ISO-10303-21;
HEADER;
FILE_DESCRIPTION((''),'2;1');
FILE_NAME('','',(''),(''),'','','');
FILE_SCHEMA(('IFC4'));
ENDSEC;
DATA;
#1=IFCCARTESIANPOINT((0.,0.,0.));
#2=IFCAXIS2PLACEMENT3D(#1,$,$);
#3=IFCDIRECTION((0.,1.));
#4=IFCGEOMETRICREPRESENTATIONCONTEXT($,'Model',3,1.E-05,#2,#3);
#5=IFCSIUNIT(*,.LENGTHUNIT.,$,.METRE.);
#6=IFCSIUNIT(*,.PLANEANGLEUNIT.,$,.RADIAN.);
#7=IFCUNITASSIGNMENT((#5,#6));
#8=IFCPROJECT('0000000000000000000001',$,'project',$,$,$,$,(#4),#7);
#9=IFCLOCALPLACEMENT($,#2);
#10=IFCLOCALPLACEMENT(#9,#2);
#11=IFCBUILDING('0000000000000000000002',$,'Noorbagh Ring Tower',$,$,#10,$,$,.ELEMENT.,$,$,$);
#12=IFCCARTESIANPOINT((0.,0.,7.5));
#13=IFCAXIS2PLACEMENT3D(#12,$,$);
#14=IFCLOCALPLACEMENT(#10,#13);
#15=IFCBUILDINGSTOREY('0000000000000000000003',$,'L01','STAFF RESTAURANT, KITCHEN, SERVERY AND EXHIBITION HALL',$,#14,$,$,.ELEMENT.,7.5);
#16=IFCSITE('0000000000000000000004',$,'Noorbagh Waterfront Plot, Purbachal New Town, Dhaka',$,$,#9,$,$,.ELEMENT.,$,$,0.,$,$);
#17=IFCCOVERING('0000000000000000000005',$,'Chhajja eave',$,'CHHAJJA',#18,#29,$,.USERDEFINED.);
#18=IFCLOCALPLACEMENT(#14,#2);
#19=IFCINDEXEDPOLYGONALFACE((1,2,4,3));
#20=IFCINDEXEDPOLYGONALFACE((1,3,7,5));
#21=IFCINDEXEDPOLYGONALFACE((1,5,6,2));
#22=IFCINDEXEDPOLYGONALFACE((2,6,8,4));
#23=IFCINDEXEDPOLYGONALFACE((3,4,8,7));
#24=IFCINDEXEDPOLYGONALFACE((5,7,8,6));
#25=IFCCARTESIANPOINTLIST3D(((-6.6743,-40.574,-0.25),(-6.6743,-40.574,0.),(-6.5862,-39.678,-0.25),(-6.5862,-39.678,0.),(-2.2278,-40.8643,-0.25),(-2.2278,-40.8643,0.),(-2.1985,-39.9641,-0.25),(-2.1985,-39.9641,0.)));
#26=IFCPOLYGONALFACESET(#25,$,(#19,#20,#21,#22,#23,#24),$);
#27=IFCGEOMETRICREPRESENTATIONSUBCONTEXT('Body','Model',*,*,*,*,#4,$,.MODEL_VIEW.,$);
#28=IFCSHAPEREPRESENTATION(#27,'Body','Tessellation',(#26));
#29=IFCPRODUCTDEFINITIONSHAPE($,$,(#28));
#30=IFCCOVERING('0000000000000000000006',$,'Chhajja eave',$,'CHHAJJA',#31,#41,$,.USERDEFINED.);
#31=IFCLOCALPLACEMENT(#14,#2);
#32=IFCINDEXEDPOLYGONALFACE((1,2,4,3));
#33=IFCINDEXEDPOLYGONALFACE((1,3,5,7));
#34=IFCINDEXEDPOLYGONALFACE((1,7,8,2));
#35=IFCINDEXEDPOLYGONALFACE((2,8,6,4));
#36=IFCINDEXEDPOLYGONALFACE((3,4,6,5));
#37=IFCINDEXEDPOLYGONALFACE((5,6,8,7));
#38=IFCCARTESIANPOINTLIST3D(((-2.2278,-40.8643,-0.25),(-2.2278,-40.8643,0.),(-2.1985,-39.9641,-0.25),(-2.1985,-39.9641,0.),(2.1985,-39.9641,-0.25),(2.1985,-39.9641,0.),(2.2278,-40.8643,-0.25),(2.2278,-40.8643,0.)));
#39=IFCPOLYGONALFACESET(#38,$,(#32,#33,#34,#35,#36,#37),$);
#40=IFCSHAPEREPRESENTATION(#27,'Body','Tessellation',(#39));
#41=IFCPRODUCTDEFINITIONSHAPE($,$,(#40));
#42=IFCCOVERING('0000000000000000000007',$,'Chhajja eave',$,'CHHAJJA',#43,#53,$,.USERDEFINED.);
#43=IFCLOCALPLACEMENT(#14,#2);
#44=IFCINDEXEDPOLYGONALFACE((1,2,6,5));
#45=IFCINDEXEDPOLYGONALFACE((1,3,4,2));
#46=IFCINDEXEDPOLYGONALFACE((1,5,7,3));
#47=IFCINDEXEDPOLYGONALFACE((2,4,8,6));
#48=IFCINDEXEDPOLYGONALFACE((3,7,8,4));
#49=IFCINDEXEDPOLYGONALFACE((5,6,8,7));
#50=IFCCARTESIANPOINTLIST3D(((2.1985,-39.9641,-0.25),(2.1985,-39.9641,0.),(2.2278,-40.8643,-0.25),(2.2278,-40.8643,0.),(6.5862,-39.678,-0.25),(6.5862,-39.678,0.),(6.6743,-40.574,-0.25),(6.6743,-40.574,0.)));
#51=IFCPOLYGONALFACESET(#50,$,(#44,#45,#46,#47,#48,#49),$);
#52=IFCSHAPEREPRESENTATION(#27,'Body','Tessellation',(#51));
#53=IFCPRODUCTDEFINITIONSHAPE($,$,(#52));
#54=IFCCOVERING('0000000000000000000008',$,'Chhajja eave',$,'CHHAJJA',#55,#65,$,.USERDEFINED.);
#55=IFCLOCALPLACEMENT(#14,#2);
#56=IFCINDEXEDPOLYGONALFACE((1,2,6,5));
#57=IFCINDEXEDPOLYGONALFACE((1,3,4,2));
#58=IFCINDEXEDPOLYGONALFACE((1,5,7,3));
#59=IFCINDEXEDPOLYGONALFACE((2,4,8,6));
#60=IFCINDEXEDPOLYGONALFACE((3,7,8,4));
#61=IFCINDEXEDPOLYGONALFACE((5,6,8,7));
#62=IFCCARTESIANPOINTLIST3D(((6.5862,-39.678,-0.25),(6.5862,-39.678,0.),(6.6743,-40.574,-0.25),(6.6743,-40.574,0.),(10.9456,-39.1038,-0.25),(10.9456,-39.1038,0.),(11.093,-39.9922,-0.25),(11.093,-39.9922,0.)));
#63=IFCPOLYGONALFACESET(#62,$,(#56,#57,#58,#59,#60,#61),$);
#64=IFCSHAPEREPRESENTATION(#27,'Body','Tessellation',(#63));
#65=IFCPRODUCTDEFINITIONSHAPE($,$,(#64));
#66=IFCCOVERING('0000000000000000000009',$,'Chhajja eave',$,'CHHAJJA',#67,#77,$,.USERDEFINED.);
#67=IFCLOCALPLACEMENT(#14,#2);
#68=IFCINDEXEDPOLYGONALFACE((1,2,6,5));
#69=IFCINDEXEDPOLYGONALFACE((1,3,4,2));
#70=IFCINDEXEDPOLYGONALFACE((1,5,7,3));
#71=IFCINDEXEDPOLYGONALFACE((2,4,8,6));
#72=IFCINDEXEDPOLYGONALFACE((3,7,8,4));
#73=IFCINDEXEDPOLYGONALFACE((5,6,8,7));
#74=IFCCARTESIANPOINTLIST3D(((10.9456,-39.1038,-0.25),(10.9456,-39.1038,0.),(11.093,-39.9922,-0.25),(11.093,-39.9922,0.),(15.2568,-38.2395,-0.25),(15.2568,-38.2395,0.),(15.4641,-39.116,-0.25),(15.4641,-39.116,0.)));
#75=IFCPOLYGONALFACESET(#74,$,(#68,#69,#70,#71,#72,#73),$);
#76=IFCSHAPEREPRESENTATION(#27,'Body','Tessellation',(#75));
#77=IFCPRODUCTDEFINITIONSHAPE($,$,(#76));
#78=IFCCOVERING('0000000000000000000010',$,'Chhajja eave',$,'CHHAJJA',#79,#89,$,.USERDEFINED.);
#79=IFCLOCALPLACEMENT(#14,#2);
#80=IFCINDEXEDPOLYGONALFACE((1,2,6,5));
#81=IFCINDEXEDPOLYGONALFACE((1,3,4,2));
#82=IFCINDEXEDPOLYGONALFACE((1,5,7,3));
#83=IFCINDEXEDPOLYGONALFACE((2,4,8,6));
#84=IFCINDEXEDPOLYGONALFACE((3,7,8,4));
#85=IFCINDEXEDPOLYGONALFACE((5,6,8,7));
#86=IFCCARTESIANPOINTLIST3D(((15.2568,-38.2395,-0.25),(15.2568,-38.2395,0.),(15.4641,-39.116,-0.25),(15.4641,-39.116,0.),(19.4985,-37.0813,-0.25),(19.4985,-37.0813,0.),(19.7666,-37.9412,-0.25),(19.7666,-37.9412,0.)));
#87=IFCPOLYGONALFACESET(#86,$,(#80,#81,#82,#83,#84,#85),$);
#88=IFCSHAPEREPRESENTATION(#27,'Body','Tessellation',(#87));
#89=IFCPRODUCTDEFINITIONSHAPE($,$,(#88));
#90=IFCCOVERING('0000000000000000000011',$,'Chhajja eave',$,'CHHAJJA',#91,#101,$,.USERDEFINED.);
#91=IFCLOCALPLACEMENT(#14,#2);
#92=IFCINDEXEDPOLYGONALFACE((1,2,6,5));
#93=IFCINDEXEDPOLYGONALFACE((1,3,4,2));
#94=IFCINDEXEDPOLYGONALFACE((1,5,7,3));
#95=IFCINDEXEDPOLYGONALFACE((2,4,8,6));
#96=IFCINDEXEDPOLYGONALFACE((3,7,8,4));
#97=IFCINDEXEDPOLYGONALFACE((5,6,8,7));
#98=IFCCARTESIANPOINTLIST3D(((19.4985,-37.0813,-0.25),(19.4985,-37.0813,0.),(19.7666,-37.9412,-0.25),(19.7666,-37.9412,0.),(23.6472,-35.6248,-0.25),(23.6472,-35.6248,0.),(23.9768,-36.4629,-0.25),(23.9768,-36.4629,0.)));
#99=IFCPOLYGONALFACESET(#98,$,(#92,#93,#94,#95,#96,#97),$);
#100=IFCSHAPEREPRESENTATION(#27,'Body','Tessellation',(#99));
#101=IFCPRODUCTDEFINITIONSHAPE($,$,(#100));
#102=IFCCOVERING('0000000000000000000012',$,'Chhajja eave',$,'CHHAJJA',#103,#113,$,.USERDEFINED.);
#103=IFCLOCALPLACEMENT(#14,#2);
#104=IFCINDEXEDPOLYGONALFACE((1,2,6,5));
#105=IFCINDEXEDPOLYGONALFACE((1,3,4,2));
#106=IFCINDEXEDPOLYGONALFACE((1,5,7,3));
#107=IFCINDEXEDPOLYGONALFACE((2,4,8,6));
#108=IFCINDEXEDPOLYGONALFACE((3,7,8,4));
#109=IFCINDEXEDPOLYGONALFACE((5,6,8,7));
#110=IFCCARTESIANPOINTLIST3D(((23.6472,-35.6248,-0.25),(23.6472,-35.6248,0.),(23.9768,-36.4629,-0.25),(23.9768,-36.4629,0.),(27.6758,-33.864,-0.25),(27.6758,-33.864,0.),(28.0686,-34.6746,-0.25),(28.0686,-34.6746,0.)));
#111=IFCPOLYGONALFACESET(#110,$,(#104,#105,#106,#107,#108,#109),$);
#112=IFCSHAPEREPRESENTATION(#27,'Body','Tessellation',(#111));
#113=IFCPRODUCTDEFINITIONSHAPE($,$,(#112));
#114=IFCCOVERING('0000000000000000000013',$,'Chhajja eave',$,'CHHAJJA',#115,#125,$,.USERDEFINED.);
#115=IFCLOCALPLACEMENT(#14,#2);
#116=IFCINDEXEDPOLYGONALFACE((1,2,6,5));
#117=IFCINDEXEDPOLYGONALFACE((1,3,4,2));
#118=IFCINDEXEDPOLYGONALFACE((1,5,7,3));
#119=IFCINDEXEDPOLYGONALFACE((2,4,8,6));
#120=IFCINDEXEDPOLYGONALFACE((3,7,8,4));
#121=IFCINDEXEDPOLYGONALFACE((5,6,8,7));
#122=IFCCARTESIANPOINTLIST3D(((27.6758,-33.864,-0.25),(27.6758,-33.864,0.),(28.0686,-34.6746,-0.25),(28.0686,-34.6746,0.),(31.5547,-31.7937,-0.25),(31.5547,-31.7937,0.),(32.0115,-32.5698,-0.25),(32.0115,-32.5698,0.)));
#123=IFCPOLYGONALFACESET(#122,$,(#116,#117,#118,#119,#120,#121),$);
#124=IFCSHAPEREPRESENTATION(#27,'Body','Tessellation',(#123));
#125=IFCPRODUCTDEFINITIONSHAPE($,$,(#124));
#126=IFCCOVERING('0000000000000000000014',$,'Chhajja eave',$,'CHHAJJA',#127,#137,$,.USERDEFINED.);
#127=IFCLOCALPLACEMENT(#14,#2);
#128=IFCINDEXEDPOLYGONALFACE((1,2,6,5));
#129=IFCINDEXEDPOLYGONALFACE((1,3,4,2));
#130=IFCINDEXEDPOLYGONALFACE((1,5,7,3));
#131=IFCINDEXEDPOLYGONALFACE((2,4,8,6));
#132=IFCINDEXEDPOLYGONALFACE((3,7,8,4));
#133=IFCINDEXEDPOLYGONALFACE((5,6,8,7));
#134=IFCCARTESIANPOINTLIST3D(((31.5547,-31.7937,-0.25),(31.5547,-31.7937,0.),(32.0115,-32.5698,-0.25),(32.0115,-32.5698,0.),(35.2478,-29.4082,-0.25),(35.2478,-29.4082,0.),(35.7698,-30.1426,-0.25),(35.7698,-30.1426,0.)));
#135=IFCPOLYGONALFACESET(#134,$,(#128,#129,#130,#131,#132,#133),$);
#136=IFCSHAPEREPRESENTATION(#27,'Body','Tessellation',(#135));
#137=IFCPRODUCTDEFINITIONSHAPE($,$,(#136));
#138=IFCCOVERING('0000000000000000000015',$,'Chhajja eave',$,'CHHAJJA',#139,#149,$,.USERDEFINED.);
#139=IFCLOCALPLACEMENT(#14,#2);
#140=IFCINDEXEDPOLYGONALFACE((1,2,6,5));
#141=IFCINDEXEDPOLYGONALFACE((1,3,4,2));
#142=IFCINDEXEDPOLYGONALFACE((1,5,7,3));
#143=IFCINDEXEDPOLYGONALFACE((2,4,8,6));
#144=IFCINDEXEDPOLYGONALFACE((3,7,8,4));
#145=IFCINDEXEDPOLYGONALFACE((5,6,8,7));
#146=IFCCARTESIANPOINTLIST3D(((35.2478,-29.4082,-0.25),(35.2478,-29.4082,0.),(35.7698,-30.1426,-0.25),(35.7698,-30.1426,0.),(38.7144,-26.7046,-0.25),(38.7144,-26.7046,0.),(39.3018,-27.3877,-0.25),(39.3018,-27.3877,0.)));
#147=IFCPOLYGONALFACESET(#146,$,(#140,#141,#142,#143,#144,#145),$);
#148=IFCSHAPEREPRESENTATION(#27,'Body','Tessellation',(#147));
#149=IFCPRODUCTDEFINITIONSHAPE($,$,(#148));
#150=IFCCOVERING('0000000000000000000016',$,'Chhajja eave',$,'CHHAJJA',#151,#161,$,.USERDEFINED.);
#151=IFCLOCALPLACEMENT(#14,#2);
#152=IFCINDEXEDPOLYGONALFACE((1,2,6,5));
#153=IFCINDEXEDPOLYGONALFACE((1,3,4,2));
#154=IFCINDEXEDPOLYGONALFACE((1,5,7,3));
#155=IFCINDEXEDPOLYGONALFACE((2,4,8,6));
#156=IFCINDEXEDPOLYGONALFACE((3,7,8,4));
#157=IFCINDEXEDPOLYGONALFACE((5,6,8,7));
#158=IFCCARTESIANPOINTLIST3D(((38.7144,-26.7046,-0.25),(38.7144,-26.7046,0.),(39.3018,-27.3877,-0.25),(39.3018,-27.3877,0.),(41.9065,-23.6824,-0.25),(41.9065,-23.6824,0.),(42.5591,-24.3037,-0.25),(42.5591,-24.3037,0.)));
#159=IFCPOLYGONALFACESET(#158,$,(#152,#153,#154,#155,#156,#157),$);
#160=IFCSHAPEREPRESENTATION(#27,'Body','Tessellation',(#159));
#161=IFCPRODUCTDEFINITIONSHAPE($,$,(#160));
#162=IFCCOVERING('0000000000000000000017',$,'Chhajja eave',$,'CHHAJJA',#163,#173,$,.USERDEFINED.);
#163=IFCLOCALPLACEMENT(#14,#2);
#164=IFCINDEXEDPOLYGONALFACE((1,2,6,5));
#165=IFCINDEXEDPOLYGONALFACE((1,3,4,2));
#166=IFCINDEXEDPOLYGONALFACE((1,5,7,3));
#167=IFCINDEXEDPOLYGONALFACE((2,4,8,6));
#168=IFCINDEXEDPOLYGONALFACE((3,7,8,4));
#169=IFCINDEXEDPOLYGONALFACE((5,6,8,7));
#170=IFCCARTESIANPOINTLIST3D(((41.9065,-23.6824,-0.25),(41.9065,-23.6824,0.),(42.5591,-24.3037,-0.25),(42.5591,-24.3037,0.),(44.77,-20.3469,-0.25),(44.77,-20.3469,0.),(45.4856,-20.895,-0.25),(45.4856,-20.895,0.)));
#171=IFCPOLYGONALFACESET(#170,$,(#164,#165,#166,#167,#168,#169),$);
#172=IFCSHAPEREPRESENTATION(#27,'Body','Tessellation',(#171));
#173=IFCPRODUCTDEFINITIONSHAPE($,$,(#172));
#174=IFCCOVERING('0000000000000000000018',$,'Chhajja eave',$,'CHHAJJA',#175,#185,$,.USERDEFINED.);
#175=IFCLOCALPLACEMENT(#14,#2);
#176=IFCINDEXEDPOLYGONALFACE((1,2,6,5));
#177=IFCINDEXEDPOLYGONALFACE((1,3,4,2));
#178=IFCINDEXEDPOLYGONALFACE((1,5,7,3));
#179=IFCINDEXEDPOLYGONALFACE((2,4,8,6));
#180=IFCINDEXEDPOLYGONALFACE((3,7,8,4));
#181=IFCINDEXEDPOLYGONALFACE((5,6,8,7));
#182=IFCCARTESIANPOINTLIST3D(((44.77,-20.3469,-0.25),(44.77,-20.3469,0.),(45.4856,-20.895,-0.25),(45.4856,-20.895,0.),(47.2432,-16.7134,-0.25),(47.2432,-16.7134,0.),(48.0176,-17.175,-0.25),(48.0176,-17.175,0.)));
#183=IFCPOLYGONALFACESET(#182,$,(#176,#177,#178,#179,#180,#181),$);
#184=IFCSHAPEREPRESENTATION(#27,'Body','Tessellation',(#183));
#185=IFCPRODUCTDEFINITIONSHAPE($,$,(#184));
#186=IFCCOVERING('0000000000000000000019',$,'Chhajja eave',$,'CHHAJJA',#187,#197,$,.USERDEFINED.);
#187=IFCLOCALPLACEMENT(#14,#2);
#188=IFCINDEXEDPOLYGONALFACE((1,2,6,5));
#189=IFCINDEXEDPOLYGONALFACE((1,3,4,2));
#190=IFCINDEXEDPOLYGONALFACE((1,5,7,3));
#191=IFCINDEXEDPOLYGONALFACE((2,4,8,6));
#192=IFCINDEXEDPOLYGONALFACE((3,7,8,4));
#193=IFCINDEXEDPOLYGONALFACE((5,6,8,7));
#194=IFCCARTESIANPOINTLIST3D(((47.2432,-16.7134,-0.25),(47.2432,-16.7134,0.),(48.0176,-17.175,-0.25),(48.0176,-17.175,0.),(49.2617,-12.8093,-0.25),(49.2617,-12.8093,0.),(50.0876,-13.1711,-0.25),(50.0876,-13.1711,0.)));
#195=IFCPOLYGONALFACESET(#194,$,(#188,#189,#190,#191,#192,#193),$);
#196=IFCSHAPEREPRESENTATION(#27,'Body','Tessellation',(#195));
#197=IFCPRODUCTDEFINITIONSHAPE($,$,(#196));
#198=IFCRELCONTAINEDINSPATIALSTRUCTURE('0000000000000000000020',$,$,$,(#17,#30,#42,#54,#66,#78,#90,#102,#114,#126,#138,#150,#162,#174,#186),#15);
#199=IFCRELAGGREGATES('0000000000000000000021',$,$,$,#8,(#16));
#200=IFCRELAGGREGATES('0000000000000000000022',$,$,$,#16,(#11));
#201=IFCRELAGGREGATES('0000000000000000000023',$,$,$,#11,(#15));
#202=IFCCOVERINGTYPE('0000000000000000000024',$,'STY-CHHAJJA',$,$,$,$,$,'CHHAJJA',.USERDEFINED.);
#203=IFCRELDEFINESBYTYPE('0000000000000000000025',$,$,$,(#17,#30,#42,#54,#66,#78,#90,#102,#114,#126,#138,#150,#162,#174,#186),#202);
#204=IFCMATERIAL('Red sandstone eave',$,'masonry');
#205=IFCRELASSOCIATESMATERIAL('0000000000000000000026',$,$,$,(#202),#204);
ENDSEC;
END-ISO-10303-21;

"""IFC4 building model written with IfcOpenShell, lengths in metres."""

from ifc_helpers import new_model, si_unit, direction, frame, origin, place, context, subcontext, project, spatial, polyline, outline, extrude, material, type_object, element, save


model = new_model("IFC4")

# Units and contexts
model_context = context("Model", 3, precision=1e-05, world=origin(), true_north=direction((0.0, 1.0)))
body_context = subcontext(model_context, "Body", "Model", "MODEL_VIEW")
ifc_project = project(units=[si_unit("LENGTHUNIT", "METRE"), si_unit("PLANEANGLEUNIT", "RADIAN")], contexts=[model_context])

# Site, building, storey
site_placement = place(None, origin())
site = spatial("IfcSite", under=ifc_project, at=site_placement, Name="Noorbagh Waterfront Plot, Purbachal New Town, Dhaka", CompositionType="ELEMENT", RefElevation=0.0)
building_placement = place(site_placement, origin())
building = spatial("IfcBuilding", under=site, at=building_placement, Name="Noorbagh Ring Tower", CompositionType="ELEMENT")
storey_placement = place(building_placement, frame((0.0, 0.0, 7.5)))
storey = spatial("IfcBuildingStorey", under=building, at=storey_placement, Name="L01", Description="STAFF RESTAURANT, KITCHEN, SERVERY AND EXHIBITION HALL", CompositionType="ELEMENT", Elevation=7.5)

# Coverings
ifc_material_1 = material(Name="Red sandstone eave", Category="masonry")
covering_type = type_object("IfcCoveringType", Name="STY-CHHAJJA", ElementType="CHHAJJA", PredefinedType="USERDEFINED", material=ifc_material_1)
covering_1_placement = place(storey_placement, frame((0.0, 0.0, -0.25)))
element("IfcCovering", 1, at=covering_1_placement, inside=storey, type_object=covering_type, Name="Chhajja eave", ObjectType="CHHAJJA", PredefinedType="USERDEFINED", context=body_context, shape_type="SweptSolid", body=[
    extrude(outline(polyline([(-6.5862, -39.678), (-2.1985, -39.9641), (-2.2278, -40.8643), (-6.6743, -40.574), (-6.5862, -39.678)])), origin(), (0.0, 0.0, 1.0), 0.25),
])
covering_2_placement = place(storey_placement, frame((0.0, 0.0, -0.25)))
element("IfcCovering", 2, at=covering_2_placement, inside=storey, type_object=covering_type, Name="Chhajja eave", ObjectType="CHHAJJA", PredefinedType="USERDEFINED", context=body_context, shape_type="SweptSolid", body=[
    extrude(outline(polyline([(-2.1985, -39.9641), (2.1985, -39.9641), (2.2278, -40.8643), (-2.2278, -40.8643), (-2.1985, -39.9641)])), origin(), (0.0, 0.0, 1.0), 0.25),
])
covering_3_placement = place(storey_placement, frame((0.0, 0.0, -0.25)))
element("IfcCovering", 3, at=covering_3_placement, inside=storey, type_object=covering_type, Name="Chhajja eave", ObjectType="CHHAJJA", PredefinedType="USERDEFINED", context=body_context, shape_type="SweptSolid", body=[
    extrude(outline(polyline([(2.1985, -39.9641), (6.5862, -39.678), (6.6743, -40.574), (2.2278, -40.8643), (2.1985, -39.9641)])), origin(), (0.0, 0.0, 1.0), 0.25),
])
covering_4_placement = place(storey_placement, frame((0.0, 0.0, -0.25)))
element("IfcCovering", 4, at=covering_4_placement, inside=storey, type_object=covering_type, Name="Chhajja eave", ObjectType="CHHAJJA", PredefinedType="USERDEFINED", context=body_context, shape_type="SweptSolid", body=[
    extrude(outline(polyline([(6.5862, -39.678), (10.9456, -39.1038), (11.093, -39.9922), (6.6743, -40.574), (6.5862, -39.678)])), origin(), (0.0, 0.0, 1.0), 0.25),
])
covering_5_placement = place(storey_placement, frame((0.0, 0.0, -0.25)))
element("IfcCovering", 5, at=covering_5_placement, inside=storey, type_object=covering_type, Name="Chhajja eave", ObjectType="CHHAJJA", PredefinedType="USERDEFINED", context=body_context, shape_type="SweptSolid", body=[
    extrude(outline(polyline([(10.9456, -39.1038), (15.2568, -38.2395), (15.4641, -39.116), (11.093, -39.9922), (10.9456, -39.1038)])), origin(), (0.0, 0.0, 1.0), 0.25),
])
covering_6_placement = place(storey_placement, frame((0.0, 0.0, -0.25)))
element("IfcCovering", 6, at=covering_6_placement, inside=storey, type_object=covering_type, Name="Chhajja eave", ObjectType="CHHAJJA", PredefinedType="USERDEFINED", context=body_context, shape_type="SweptSolid", body=[
    extrude(outline(polyline([(15.2568, -38.2395), (19.4985, -37.0813), (19.7666, -37.9412), (15.4641, -39.116), (15.2568, -38.2395)])), origin(), (0.0, 0.0, 1.0), 0.25),
])
covering_7_placement = place(storey_placement, frame((0.0, 0.0, -0.25)))
element("IfcCovering", 7, at=covering_7_placement, inside=storey, type_object=covering_type, Name="Chhajja eave", ObjectType="CHHAJJA", PredefinedType="USERDEFINED", context=body_context, shape_type="SweptSolid", body=[
    extrude(outline(polyline([(19.4985, -37.0813), (23.6472, -35.6248), (23.9768, -36.4629), (19.7666, -37.9412), (19.4985, -37.0813)])), origin(), (0.0, 0.0, 1.0), 0.25),
])
covering_8_placement = place(storey_placement, frame((0.0, 0.0, -0.25)))
element("IfcCovering", 8, at=covering_8_placement, inside=storey, type_object=covering_type, Name="Chhajja eave", ObjectType="CHHAJJA", PredefinedType="USERDEFINED", context=body_context, shape_type="SweptSolid", body=[
    extrude(outline(polyline([(23.6472, -35.6248), (27.6758, -33.864), (28.0686, -34.6746), (23.9768, -36.4629), (23.6472, -35.6248)])), origin(), (0.0, 0.0, 1.0), 0.25),
])
covering_9_placement = place(storey_placement, frame((0.0, 0.0, -0.25)))
element("IfcCovering", 9, at=covering_9_placement, inside=storey, type_object=covering_type, Name="Chhajja eave", ObjectType="CHHAJJA", PredefinedType="USERDEFINED", context=body_context, shape_type="SweptSolid", body=[
    extrude(outline(polyline([(27.6758, -33.864), (31.5547, -31.7937), (32.0115, -32.5698), (28.0686, -34.6746), (27.6758, -33.864)])), origin(), (0.0, 0.0, 1.0), 0.25),
])
covering_10_placement = place(storey_placement, frame((0.0, 0.0, -0.25)))
element("IfcCovering", 10, at=covering_10_placement, inside=storey, type_object=covering_type, Name="Chhajja eave", ObjectType="CHHAJJA", PredefinedType="USERDEFINED", context=body_context, shape_type="SweptSolid", body=[
    extrude(outline(polyline([(31.5547, -31.7937), (35.2478, -29.4082), (35.7698, -30.1426), (32.0115, -32.5698), (31.5547, -31.7937)])), origin(), (0.0, 0.0, 1.0), 0.25),
])
covering_11_placement = place(storey_placement, frame((0.0, 0.0, -0.25)))
element("IfcCovering", 11, at=covering_11_placement, inside=storey, type_object=covering_type, Name="Chhajja eave", ObjectType="CHHAJJA", PredefinedType="USERDEFINED", context=body_context, shape_type="SweptSolid", body=[
    extrude(outline(polyline([(35.2478, -29.4082), (38.7144, -26.7046), (39.3018, -27.3877), (35.7698, -30.1426), (35.2478, -29.4082)])), origin(), (0.0, 0.0, 1.0), 0.25),
])
covering_12_placement = place(storey_placement, frame((0.0, 0.0, -0.25)))
element("IfcCovering", 12, at=covering_12_placement, inside=storey, type_object=covering_type, Name="Chhajja eave", ObjectType="CHHAJJA", PredefinedType="USERDEFINED", context=body_context, shape_type="SweptSolid", body=[
    extrude(outline(polyline([(38.7144, -26.7046), (41.9065, -23.6824), (42.5591, -24.3037), (39.3018, -27.3877), (38.7144, -26.7046)])), origin(), (0.0, 0.0, 1.0), 0.25),
])
covering_13_placement = place(storey_placement, frame((0.0, 0.0, -0.25)))
element("IfcCovering", 13, at=covering_13_placement, inside=storey, type_object=covering_type, Name="Chhajja eave", ObjectType="CHHAJJA", PredefinedType="USERDEFINED", context=body_context, shape_type="SweptSolid", body=[
    extrude(outline(polyline([(41.9065, -23.6824), (44.77, -20.3469), (45.4856, -20.895), (42.5591, -24.3037), (41.9065, -23.6824)])), origin(), (0.0, 0.0, 1.0), 0.25),
])
covering_14_placement = place(storey_placement, frame((0.0, 0.0, -0.25)))
element("IfcCovering", 14, at=covering_14_placement, inside=storey, type_object=covering_type, Name="Chhajja eave", ObjectType="CHHAJJA", PredefinedType="USERDEFINED", context=body_context, shape_type="SweptSolid", body=[
    extrude(outline(polyline([(44.77, -20.3469), (47.2432, -16.7134), (48.0176, -17.175), (45.4856, -20.895), (44.77, -20.3469)])), origin(), (0.0, 0.0, 1.0), 0.25),
])
covering_15_placement = place(storey_placement, frame((0.0, 0.0, -0.25)))
element("IfcCovering", 15, at=covering_15_placement, inside=storey, type_object=covering_type, Name="Chhajja eave", ObjectType="CHHAJJA", PredefinedType="USERDEFINED", context=body_context, shape_type="SweptSolid", body=[
    extrude(outline(polyline([(47.2432, -16.7134), (49.2617, -12.8093), (50.0876, -13.1711), (48.0176, -17.175), (47.2432, -16.7134)])), origin(), (0.0, 0.0, 1.0), 0.25),
])

save(model, "model.ifc")
